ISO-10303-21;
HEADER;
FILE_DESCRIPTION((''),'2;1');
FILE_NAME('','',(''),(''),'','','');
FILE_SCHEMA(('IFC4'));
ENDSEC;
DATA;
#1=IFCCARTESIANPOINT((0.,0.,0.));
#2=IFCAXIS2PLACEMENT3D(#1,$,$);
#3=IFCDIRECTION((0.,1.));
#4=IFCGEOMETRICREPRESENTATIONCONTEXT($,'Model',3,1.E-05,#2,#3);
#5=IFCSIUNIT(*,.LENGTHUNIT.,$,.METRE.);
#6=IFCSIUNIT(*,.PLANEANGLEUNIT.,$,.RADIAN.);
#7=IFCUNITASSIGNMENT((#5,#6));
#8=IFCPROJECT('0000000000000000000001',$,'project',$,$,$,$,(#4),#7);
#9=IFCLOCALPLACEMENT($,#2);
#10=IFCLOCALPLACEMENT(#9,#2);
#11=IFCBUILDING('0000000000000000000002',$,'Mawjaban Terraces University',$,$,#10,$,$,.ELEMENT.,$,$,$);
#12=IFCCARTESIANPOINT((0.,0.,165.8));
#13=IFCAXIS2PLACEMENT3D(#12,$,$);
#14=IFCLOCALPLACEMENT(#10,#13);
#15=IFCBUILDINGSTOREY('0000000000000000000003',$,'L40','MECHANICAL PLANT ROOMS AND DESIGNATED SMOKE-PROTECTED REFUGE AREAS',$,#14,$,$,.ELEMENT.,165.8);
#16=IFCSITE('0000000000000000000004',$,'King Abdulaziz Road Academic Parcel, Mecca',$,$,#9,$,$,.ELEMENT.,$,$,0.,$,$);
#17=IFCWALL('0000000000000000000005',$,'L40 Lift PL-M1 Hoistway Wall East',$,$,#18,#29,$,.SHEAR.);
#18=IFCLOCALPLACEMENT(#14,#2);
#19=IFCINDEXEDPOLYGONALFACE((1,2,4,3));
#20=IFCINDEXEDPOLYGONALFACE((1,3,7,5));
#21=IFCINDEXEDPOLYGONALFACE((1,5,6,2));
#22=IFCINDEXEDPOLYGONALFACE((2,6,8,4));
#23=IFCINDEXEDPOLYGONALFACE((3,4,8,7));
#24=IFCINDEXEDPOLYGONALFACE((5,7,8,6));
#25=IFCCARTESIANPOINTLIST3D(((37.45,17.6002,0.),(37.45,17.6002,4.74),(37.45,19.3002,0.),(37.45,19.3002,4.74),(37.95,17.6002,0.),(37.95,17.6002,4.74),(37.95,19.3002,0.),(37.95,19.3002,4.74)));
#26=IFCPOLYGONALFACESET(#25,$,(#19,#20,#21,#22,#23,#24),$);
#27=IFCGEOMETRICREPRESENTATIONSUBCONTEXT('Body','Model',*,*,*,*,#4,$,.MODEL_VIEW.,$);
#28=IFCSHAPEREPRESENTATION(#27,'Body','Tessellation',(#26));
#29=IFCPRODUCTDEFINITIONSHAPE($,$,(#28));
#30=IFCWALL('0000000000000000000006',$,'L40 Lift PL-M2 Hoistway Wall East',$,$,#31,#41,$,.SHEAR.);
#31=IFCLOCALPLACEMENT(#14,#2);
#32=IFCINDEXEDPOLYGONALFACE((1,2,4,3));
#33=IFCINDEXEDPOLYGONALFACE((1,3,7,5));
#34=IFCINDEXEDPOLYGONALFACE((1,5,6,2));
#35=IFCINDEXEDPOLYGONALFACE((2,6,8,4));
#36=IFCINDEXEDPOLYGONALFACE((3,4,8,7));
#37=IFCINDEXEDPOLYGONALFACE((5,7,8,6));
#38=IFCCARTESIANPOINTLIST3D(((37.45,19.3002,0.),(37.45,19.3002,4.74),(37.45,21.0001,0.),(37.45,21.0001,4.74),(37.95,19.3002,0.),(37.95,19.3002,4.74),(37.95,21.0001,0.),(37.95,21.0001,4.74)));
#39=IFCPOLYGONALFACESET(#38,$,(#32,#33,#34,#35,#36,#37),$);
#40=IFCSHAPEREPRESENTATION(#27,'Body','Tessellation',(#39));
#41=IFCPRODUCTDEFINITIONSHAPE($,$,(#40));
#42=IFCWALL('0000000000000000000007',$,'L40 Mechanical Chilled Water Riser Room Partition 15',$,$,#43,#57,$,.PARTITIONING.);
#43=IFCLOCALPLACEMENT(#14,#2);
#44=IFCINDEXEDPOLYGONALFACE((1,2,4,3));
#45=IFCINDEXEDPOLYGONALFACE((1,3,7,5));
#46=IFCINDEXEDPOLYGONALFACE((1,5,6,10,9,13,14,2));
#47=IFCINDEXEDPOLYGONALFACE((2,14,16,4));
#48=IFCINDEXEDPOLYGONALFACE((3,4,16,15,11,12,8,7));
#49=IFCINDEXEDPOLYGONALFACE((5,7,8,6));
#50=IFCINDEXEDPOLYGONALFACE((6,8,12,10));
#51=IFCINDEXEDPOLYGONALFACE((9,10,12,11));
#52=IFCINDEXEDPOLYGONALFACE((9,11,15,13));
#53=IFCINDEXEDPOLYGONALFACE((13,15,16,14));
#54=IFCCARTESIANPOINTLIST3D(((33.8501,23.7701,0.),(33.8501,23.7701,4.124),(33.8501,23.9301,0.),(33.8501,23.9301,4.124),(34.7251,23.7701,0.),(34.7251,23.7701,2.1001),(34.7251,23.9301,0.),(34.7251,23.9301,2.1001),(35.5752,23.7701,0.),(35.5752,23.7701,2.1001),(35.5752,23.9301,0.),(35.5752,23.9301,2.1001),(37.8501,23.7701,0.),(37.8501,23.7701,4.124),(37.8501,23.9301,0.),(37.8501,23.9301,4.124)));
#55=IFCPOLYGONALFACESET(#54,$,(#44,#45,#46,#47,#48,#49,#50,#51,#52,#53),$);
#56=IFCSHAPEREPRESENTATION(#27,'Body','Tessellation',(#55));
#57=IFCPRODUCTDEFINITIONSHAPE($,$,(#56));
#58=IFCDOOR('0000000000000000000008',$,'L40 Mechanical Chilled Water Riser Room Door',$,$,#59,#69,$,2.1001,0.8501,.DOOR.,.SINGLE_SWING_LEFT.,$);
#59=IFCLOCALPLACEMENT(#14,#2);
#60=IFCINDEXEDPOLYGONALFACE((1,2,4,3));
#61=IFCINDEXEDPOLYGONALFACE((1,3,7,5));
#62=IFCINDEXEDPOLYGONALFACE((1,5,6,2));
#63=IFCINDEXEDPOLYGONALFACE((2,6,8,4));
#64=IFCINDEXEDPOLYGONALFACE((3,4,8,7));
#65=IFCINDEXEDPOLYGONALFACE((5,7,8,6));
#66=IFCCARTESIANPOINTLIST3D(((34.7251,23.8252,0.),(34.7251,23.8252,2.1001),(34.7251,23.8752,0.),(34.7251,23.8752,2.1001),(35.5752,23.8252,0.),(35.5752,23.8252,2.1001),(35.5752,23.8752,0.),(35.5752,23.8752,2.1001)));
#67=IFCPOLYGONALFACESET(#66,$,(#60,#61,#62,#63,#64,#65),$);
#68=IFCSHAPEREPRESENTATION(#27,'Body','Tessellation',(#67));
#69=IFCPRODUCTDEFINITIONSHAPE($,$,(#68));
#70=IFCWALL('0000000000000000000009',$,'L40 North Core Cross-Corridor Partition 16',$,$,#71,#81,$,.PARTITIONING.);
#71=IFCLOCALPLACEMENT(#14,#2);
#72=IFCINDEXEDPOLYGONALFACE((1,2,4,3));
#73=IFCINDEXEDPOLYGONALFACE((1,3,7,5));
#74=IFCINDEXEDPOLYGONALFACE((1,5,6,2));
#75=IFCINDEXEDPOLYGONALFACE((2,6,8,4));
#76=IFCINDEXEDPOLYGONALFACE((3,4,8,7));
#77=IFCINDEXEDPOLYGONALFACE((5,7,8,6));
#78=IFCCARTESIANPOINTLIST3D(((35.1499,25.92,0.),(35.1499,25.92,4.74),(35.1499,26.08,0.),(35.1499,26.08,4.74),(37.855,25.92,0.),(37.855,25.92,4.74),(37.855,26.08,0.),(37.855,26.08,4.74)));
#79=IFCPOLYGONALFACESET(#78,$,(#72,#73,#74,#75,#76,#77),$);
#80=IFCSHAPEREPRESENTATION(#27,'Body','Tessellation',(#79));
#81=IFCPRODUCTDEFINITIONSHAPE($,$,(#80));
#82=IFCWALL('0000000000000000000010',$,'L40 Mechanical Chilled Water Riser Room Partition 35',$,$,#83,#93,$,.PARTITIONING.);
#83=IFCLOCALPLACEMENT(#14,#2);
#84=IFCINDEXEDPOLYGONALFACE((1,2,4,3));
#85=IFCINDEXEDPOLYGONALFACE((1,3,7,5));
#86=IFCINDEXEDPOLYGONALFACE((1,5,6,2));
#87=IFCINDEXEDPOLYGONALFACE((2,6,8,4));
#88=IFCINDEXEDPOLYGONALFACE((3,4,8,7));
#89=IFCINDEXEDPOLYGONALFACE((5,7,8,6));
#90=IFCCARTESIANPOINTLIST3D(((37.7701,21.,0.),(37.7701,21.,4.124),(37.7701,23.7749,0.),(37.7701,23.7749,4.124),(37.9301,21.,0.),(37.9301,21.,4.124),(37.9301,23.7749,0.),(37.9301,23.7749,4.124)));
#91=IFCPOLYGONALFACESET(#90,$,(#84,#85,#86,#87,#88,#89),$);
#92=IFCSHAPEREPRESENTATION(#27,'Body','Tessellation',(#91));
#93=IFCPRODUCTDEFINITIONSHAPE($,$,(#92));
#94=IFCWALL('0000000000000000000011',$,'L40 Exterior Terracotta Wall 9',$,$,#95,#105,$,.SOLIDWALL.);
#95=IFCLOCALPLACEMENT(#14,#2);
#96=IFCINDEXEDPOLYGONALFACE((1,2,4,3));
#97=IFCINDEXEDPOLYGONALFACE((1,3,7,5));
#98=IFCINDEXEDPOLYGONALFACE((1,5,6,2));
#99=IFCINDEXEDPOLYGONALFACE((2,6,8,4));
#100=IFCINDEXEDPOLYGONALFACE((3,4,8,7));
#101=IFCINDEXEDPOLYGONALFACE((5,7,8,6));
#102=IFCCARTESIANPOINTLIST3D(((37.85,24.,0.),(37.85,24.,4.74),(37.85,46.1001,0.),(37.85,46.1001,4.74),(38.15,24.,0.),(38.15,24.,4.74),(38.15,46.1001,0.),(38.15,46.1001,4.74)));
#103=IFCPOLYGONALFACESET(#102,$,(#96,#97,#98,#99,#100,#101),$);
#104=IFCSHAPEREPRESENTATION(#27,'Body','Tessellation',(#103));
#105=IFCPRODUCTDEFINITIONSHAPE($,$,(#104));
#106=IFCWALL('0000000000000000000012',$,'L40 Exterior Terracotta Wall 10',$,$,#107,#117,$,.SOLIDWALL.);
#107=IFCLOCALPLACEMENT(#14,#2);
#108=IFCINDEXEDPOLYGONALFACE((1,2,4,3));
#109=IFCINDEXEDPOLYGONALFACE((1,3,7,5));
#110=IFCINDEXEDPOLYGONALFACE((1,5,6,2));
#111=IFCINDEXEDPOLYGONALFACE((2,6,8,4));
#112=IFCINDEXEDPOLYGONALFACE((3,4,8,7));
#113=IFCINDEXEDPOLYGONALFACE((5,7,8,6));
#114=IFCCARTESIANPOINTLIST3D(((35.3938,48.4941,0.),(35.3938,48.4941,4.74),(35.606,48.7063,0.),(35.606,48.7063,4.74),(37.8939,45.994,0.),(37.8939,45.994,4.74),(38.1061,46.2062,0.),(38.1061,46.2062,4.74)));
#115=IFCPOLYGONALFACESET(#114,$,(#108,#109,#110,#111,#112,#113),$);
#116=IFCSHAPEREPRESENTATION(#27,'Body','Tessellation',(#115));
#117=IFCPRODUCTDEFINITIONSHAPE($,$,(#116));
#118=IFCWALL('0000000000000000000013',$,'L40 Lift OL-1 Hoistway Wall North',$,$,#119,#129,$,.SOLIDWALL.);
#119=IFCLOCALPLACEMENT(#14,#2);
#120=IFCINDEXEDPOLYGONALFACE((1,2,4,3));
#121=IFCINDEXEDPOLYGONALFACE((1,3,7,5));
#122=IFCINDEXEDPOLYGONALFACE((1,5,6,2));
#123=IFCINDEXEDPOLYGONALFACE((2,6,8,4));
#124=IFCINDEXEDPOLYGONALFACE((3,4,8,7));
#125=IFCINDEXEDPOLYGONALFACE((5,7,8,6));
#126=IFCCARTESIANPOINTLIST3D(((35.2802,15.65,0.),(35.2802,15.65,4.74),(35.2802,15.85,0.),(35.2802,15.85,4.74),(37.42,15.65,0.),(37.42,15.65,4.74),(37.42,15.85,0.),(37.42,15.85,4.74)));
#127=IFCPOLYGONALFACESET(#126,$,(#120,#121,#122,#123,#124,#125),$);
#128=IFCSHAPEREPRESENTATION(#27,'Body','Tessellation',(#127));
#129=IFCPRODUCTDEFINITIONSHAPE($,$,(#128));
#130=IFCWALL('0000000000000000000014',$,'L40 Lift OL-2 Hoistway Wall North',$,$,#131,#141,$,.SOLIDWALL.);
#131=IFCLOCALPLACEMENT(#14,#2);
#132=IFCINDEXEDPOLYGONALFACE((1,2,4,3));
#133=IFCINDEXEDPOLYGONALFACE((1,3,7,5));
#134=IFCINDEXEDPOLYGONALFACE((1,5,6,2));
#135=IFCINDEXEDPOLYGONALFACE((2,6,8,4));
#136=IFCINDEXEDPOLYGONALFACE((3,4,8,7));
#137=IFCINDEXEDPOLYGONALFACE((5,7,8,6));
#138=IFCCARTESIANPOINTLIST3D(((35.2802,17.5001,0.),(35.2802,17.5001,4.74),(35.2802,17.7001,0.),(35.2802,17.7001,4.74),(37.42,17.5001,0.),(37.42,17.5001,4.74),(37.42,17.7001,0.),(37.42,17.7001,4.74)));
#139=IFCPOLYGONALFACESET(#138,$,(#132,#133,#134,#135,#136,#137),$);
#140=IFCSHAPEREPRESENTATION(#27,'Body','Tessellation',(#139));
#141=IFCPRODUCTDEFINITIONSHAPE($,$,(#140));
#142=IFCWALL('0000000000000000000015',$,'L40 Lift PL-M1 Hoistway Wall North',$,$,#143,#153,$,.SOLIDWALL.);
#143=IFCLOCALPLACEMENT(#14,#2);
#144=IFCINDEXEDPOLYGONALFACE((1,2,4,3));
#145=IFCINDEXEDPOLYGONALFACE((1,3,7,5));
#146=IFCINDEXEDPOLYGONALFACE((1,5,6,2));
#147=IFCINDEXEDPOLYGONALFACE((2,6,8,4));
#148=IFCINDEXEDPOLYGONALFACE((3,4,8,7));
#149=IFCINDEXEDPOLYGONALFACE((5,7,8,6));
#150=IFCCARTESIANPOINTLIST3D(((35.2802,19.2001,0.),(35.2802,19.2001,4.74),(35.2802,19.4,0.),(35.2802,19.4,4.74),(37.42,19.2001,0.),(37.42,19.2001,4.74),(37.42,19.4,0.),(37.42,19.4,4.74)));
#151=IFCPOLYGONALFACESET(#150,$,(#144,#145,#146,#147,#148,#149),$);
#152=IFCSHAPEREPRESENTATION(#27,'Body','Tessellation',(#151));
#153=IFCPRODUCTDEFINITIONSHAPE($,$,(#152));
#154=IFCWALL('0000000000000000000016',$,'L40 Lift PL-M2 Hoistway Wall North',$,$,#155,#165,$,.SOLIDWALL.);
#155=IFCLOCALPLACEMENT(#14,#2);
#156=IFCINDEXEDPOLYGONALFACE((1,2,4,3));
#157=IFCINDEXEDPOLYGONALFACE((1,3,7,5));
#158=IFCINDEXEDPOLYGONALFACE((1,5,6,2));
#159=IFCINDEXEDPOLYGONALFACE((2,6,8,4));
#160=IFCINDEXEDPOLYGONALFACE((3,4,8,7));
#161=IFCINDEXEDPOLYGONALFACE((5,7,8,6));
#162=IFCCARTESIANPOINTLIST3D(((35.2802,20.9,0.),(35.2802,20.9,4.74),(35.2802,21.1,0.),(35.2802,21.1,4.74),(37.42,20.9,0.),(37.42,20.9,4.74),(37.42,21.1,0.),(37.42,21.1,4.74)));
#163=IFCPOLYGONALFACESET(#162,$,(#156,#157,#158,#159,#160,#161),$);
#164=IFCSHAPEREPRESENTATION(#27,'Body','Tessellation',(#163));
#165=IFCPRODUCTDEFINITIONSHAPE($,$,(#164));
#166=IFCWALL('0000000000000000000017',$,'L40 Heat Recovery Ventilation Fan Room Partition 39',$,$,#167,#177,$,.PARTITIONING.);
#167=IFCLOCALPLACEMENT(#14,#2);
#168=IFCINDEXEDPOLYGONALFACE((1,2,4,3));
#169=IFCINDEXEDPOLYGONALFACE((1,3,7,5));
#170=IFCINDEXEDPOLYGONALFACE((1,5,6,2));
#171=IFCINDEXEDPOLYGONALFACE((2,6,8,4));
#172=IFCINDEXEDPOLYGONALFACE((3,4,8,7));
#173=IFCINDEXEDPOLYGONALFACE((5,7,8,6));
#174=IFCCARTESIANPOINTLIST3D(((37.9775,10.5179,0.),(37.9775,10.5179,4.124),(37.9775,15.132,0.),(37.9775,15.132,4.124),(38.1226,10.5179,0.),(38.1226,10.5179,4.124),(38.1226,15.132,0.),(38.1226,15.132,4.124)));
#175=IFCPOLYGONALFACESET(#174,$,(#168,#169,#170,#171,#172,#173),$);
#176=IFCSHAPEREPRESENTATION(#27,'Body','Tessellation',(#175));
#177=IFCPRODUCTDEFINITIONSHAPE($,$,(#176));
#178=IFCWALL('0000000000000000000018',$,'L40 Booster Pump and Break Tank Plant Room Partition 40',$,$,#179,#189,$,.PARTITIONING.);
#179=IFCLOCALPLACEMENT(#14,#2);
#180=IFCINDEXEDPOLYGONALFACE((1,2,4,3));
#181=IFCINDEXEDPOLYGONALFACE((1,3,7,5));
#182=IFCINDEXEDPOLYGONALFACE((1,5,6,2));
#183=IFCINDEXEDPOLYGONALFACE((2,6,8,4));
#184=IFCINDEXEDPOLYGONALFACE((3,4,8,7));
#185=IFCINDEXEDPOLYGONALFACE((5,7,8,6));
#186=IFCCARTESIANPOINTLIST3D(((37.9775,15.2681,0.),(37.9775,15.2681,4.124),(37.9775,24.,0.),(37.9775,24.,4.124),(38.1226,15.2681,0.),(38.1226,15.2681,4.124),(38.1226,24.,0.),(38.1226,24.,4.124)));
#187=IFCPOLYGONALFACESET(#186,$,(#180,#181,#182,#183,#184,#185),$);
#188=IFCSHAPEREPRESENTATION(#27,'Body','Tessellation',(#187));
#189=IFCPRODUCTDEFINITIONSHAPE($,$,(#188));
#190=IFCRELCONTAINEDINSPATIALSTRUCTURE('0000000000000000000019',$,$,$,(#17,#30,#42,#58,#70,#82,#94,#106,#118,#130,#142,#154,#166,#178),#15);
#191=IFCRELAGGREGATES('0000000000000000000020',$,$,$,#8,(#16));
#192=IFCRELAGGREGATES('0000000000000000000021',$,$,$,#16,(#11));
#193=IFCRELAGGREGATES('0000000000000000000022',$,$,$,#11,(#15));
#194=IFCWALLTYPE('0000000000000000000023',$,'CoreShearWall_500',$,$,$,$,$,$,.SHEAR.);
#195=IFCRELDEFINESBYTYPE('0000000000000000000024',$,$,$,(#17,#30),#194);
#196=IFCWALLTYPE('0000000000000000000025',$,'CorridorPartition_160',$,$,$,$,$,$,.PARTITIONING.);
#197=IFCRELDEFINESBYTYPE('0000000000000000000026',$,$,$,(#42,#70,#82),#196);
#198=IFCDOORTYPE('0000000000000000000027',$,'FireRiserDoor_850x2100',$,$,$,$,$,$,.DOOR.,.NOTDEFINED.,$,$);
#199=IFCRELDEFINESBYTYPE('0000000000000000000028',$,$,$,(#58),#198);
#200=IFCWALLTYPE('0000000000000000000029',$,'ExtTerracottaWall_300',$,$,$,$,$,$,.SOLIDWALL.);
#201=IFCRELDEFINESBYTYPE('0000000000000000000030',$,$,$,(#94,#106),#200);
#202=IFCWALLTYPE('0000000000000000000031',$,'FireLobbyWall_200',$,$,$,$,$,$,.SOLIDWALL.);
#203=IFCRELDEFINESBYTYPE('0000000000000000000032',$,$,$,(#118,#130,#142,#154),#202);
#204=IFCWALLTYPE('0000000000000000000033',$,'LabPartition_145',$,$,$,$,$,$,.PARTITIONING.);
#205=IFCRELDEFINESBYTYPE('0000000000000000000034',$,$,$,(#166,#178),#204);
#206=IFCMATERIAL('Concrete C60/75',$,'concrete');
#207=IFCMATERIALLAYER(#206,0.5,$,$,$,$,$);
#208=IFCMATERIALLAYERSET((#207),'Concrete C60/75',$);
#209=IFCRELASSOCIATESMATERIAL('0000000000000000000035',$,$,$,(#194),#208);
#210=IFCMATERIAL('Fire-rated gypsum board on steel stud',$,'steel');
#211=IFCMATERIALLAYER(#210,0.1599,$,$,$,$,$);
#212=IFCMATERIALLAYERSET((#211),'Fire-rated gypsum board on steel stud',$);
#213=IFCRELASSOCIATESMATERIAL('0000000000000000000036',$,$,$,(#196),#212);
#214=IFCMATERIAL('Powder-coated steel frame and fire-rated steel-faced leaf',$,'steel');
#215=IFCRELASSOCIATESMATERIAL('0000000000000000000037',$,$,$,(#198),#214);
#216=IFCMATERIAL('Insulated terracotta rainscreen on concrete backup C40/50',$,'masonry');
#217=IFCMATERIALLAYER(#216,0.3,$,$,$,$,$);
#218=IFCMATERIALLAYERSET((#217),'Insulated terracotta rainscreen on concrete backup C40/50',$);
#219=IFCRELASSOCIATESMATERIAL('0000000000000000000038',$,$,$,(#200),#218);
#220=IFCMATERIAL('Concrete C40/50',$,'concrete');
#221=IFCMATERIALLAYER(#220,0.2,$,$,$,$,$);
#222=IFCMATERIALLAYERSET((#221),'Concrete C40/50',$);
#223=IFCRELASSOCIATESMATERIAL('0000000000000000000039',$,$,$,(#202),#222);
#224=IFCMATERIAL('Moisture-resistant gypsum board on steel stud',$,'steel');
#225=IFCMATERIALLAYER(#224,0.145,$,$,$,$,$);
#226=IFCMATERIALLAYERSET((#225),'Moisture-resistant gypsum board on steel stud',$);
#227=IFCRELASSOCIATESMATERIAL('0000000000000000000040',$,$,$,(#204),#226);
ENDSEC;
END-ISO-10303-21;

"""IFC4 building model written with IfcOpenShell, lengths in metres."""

from ifc_helpers import new_model, si_unit, direction, frame, frame_2d, origin, place, context, subcontext, project, spatial, rectangle, extrude, material, layer, layer_set, type_object, element, fill, save


model = new_model("IFC4")

# Units and contexts
model_context = context("Model", 3, precision=1e-05, world=origin(), true_north=direction((0.0, 1.0)))
body_context = subcontext(model_context, "Body", "Model", "MODEL_VIEW")
ifc_project = project(units=[si_unit("LENGTHUNIT", "METRE"), si_unit("PLANEANGLEUNIT", "RADIAN")], contexts=[model_context])

# Site, building, storey
site_placement = place(None, origin())
site = spatial("IfcSite", under=ifc_project, at=site_placement, Name="King Abdulaziz Road Academic Parcel, Mecca", CompositionType="ELEMENT", RefElevation=0.0)
building_placement = place(site_placement, origin())
building = spatial("IfcBuilding", under=site, at=building_placement, Name="Mawjaban Terraces University", CompositionType="ELEMENT")
storey_placement = place(building_placement, frame((0.0, 0.0, 165.8)))
storey = spatial("IfcBuildingStorey", under=building, at=storey_placement, Name="L40", Description="MECHANICAL PLANT ROOMS AND DESIGNATED SMOKE-PROTECTED REFUGE AREAS", CompositionType="ELEMENT", Elevation=165.8)

# Shared definitions
ifc_material_1 = material(Name="Concrete C60/75", Category="concrete")

# Walls
ifc_layer_1 = layer(ifc_material_1, 0.5)
ifc_layer_set_1 = layer_set([ifc_layer_1], Name="Concrete C60/75")
wall_type_1 = type_object("IfcWallType", Name="CoreShearWall_500", PredefinedType="SHEAR", material=ifc_layer_set_1)
for number, where, z_axis, x_axis, name in (
    (1, (37.7, 17.6001, 0.0), (0.0, 0.0, 1.0), (0.0, 1.0, 0.0), "L40 Lift PL-M1 Hoistway Wall East"),
    (2, (37.7, 19.3, 0.0), (0.0, 0.0, 1.0), (0.0, 1.0, 0.0), "L40 Lift PL-M2 Hoistway Wall East"),
):
    element("IfcWall", number, at=place(storey_placement, frame(where, z_axis=z_axis, x_axis=x_axis)), inside=storey, type_object=wall_type_1, Name=name, PredefinedType="SHEAR", context=body_context, shape_type="SweptSolid", body=[
        extrude(rectangle(XDim=1.7, YDim=0.5, at=frame_2d((0.8501, 0.0))), origin(), (0.0, 0.0, 1.0), 4.74),
    ])

# Wall, opening, door
ifc_material_2 = material(Name="Fire-rated gypsum board on steel stud", Category="steel")
ifc_layer_2 = layer(ifc_material_2, 0.1599)
ifc_layer_set_2 = layer_set([ifc_layer_2], Name="Fire-rated gypsum board on steel stud")
wall_type_2 = type_object("IfcWallType", Name="CorridorPartition_160", PredefinedType="PARTITIONING", material=ifc_layer_set_2)
wall_1_placement = place(storey_placement, frame((37.8501, 23.8501, 0.0), z_axis=(0.0, 0.0, 1.0), x_axis=(-1.0, 0.0, 0.0)))
wall_1 = element("IfcWall", 3, at=wall_1_placement, inside=storey, type_object=wall_type_2, Name="L40 Mechanical Chilled Water Riser Room Partition 15", PredefinedType="PARTITIONING", context=body_context, shape_type="SweptSolid", body=[
    extrude(rectangle(XDim=4.0, YDim=0.1599, at=frame_2d((2.0, 0.0))), origin(), (0.0, 0.0, 1.0), 4.124),
])
opening_placement = place(wall_1_placement, frame((2.2749, 0.0, 0.0)))
opening = element("IfcOpeningElement", 4, at=opening_placement, cuts=wall_1, PredefinedType="OPENING", context=body_context, shape_type="SweptSolid", body=[
    extrude(rectangle(XDim=0.8501, YDim=2.1001, at=frame_2d((0.425, 1.05))), frame((0.0, 0.0898, 0.0), z_axis=(0.0, -1.0, 0.0), x_axis=(1.0, 0.0, 0.0)), (0.0, 0.0, 1.0), 0.1799),
])
ifc_material_3 = material(Name="Powder-coated steel frame and fire-rated steel-faced leaf", Category="steel")
door_type = type_object("IfcDoorType", Name="FireRiserDoor_850x2100", OperationType="NOTDEFINED", PredefinedType="DOOR", material=ifc_material_3)
door_placement = place(opening_placement, origin())
door = element("IfcDoor", 5, at=door_placement, inside=storey, type_object=door_type, Name="L40 Mechanical Chilled Water Riser Room Door", OperationType="SINGLE_SWING_LEFT", OverallHeight=2.1001, OverallWidth=0.8501, PredefinedType="DOOR", context=body_context, shape_type="SweptSolid", body=[
    extrude(rectangle(XDim=0.8501, YDim=2.1001, at=frame_2d((0.425, 1.05))), frame((0.0, 0.0249, 0.0), z_axis=(0.0, -1.0, 0.0), x_axis=(1.0, 0.0, 0.0)), (0.0, 0.0, 1.0), 0.05),
])
fill(opening, door)

# Walls
wall_2_placement = place(storey_placement, frame((37.855, 26.0, 0.0), z_axis=(0.0, 0.0, 1.0), x_axis=(-1.0, 0.0, 0.0)))
element("IfcWall", 6, at=wall_2_placement, inside=storey, type_object=wall_type_2, Name="L40 North Core Cross-Corridor Partition 16", PredefinedType="PARTITIONING", context=body_context, shape_type="SweptSolid", body=[
    extrude(rectangle(XDim=2.7051, YDim=0.1599, at=frame_2d((1.3525, 0.0))), origin(), (0.0, 0.0, 1.0), 4.74),
])
wall_3_placement = place(storey_placement, frame((37.8501, 21.0, 0.0), z_axis=(0.0, 0.0, 1.0), x_axis=(0.0, 1.0, 0.0)))
element("IfcWall", 7, at=wall_3_placement, inside=storey, type_object=wall_type_2, Name="L40 Mechanical Chilled Water Riser Room Partition 35", PredefinedType="PARTITIONING", context=body_context, shape_type="SweptSolid", body=[
    extrude(rectangle(XDim=2.7749, YDim=0.1599, at=frame_2d((1.3875, 0.0))), origin(), (0.0, 0.0, 1.0), 4.124),
])
ifc_material_4 = material(Name="Insulated terracotta rainscreen on concrete backup C40/50", Category="masonry")
ifc_layer_3 = layer(ifc_material_4, 0.3)
ifc_layer_set_3 = layer_set([ifc_layer_3], Name="Insulated terracotta rainscreen on concrete backup C40/50")
wall_type_3 = type_object("IfcWallType", Name="ExtTerracottaWall_300", PredefinedType="SOLIDWALL", material=ifc_layer_set_3)
wall_4_placement = place(storey_placement, frame((38.0, 24.0, 0.0), z_axis=(0.0, 0.0, 1.0), x_axis=(0.0, 1.0, 0.0)))
element("IfcWall", 8, at=wall_4_placement, inside=storey, type_object=wall_type_3, Name="L40 Exterior Terracotta Wall 9", PredefinedType="SOLIDWALL", context=body_context, shape_type="SweptSolid", body=[
    extrude(rectangle(XDim=22.1001, YDim=0.3, at=frame_2d((11.05, 0.0))), origin(), (0.0, 0.0, 1.0), 4.74),
])
wall_5_placement = place(storey_placement, frame((38.0, 46.1001, 0.0), z_axis=(0.0, 0.0, 1.0), x_axis=(-0.707107, 0.707107, 0.0)))
element("IfcWall", 9, at=wall_5_placement, inside=storey, type_object=wall_type_3, Name="L40 Exterior Terracotta Wall 10", PredefinedType="SOLIDWALL", context=body_context, shape_type="SweptSolid", body=[
    extrude(rectangle(XDim=3.5356, YDim=0.3, at=frame_2d((1.7678, 0.0))), origin(), (0.0, 0.0, 1.0), 4.74),
])
ifc_material_5 = material(Name="Concrete C40/50", Category="concrete")
ifc_layer_4 = layer(ifc_material_5, 0.2)
ifc_layer_set_4 = layer_set([ifc_layer_4], Name="Concrete C40/50")
wall_type_4 = type_object("IfcWallType", Name="FireLobbyWall_200", PredefinedType="SOLIDWALL", material=ifc_layer_set_4)
for number, where, z_axis, x_axis, name in (
    (10, (37.4199, 15.75, 0.0), (0.0, 0.0, 1.0), (-1.0, 0.0, 0.0), "L40 Lift OL-1 Hoistway Wall North"),
    (11, (37.4199, 17.6001, 0.0), (0.0, 0.0, 1.0), (-1.0, 0.0, 0.0), "L40 Lift OL-2 Hoistway Wall North"),
    (12, (37.4199, 19.3, 0.0), (0.0, 0.0, 1.0), (-1.0, 0.0, 0.0), "L40 Lift PL-M1 Hoistway Wall North"),
    (13, (37.4199, 21.0, 0.0), (0.0, 0.0, 1.0), (-1.0, 0.0, 0.0), "L40 Lift PL-M2 Hoistway Wall North"),
):
    element("IfcWall", number, at=place(storey_placement, frame(where, z_axis=z_axis, x_axis=x_axis)), inside=storey, type_object=wall_type_4, Name=name, PredefinedType="SOLIDWALL", context=body_context, shape_type="SweptSolid", body=[
        extrude(rectangle(XDim=2.1399, YDim=0.2, at=frame_2d((1.0698, 0.0))), origin(), (0.0, 0.0, 1.0), 4.74),
    ])
ifc_material_6 = material(Name="Moisture-resistant gypsum board on steel stud", Category="steel")
ifc_layer_5 = layer(ifc_material_6, 0.145)
ifc_layer_set_5 = layer_set([ifc_layer_5], Name="Moisture-resistant gypsum board on steel stud")
wall_type_5 = type_object("IfcWallType", Name="LabPartition_145", PredefinedType="PARTITIONING", material=ifc_layer_set_5)
wall_6_placement = place(storey_placement, frame((38.05, 15.1321, 0.0), z_axis=(0.0, 0.0, 1.0), x_axis=(0.0, -1.0, 0.0)))
element("IfcWall", 14, at=wall_6_placement, inside=storey, type_object=wall_type_5, Name="L40 Heat Recovery Ventilation Fan Room Partition 39", PredefinedType="PARTITIONING", context=body_context, shape_type="SweptSolid", body=[
    extrude(rectangle(XDim=4.614, YDim=0.145, at=frame_2d((2.3071, 0.0))), origin(), (0.0, 0.0, 1.0), 4.124),
])
wall_7_placement = place(storey_placement, frame((38.05, 24.0, 0.0), z_axis=(0.0, 0.0, 1.0), x_axis=(0.0, -1.0, 0.0)))
element("IfcWall", 15, at=wall_7_placement, inside=storey, type_object=wall_type_5, Name="L40 Booster Pump and Break Tank Plant Room Partition 40", PredefinedType="PARTITIONING", context=body_context, shape_type="SweptSolid", body=[
    extrude(rectangle(XDim=8.7319, YDim=0.145, at=frame_2d((4.366, 0.0))), origin(), (0.0, 0.0, 1.0), 4.124),
])

save(model, "model.ifc")
